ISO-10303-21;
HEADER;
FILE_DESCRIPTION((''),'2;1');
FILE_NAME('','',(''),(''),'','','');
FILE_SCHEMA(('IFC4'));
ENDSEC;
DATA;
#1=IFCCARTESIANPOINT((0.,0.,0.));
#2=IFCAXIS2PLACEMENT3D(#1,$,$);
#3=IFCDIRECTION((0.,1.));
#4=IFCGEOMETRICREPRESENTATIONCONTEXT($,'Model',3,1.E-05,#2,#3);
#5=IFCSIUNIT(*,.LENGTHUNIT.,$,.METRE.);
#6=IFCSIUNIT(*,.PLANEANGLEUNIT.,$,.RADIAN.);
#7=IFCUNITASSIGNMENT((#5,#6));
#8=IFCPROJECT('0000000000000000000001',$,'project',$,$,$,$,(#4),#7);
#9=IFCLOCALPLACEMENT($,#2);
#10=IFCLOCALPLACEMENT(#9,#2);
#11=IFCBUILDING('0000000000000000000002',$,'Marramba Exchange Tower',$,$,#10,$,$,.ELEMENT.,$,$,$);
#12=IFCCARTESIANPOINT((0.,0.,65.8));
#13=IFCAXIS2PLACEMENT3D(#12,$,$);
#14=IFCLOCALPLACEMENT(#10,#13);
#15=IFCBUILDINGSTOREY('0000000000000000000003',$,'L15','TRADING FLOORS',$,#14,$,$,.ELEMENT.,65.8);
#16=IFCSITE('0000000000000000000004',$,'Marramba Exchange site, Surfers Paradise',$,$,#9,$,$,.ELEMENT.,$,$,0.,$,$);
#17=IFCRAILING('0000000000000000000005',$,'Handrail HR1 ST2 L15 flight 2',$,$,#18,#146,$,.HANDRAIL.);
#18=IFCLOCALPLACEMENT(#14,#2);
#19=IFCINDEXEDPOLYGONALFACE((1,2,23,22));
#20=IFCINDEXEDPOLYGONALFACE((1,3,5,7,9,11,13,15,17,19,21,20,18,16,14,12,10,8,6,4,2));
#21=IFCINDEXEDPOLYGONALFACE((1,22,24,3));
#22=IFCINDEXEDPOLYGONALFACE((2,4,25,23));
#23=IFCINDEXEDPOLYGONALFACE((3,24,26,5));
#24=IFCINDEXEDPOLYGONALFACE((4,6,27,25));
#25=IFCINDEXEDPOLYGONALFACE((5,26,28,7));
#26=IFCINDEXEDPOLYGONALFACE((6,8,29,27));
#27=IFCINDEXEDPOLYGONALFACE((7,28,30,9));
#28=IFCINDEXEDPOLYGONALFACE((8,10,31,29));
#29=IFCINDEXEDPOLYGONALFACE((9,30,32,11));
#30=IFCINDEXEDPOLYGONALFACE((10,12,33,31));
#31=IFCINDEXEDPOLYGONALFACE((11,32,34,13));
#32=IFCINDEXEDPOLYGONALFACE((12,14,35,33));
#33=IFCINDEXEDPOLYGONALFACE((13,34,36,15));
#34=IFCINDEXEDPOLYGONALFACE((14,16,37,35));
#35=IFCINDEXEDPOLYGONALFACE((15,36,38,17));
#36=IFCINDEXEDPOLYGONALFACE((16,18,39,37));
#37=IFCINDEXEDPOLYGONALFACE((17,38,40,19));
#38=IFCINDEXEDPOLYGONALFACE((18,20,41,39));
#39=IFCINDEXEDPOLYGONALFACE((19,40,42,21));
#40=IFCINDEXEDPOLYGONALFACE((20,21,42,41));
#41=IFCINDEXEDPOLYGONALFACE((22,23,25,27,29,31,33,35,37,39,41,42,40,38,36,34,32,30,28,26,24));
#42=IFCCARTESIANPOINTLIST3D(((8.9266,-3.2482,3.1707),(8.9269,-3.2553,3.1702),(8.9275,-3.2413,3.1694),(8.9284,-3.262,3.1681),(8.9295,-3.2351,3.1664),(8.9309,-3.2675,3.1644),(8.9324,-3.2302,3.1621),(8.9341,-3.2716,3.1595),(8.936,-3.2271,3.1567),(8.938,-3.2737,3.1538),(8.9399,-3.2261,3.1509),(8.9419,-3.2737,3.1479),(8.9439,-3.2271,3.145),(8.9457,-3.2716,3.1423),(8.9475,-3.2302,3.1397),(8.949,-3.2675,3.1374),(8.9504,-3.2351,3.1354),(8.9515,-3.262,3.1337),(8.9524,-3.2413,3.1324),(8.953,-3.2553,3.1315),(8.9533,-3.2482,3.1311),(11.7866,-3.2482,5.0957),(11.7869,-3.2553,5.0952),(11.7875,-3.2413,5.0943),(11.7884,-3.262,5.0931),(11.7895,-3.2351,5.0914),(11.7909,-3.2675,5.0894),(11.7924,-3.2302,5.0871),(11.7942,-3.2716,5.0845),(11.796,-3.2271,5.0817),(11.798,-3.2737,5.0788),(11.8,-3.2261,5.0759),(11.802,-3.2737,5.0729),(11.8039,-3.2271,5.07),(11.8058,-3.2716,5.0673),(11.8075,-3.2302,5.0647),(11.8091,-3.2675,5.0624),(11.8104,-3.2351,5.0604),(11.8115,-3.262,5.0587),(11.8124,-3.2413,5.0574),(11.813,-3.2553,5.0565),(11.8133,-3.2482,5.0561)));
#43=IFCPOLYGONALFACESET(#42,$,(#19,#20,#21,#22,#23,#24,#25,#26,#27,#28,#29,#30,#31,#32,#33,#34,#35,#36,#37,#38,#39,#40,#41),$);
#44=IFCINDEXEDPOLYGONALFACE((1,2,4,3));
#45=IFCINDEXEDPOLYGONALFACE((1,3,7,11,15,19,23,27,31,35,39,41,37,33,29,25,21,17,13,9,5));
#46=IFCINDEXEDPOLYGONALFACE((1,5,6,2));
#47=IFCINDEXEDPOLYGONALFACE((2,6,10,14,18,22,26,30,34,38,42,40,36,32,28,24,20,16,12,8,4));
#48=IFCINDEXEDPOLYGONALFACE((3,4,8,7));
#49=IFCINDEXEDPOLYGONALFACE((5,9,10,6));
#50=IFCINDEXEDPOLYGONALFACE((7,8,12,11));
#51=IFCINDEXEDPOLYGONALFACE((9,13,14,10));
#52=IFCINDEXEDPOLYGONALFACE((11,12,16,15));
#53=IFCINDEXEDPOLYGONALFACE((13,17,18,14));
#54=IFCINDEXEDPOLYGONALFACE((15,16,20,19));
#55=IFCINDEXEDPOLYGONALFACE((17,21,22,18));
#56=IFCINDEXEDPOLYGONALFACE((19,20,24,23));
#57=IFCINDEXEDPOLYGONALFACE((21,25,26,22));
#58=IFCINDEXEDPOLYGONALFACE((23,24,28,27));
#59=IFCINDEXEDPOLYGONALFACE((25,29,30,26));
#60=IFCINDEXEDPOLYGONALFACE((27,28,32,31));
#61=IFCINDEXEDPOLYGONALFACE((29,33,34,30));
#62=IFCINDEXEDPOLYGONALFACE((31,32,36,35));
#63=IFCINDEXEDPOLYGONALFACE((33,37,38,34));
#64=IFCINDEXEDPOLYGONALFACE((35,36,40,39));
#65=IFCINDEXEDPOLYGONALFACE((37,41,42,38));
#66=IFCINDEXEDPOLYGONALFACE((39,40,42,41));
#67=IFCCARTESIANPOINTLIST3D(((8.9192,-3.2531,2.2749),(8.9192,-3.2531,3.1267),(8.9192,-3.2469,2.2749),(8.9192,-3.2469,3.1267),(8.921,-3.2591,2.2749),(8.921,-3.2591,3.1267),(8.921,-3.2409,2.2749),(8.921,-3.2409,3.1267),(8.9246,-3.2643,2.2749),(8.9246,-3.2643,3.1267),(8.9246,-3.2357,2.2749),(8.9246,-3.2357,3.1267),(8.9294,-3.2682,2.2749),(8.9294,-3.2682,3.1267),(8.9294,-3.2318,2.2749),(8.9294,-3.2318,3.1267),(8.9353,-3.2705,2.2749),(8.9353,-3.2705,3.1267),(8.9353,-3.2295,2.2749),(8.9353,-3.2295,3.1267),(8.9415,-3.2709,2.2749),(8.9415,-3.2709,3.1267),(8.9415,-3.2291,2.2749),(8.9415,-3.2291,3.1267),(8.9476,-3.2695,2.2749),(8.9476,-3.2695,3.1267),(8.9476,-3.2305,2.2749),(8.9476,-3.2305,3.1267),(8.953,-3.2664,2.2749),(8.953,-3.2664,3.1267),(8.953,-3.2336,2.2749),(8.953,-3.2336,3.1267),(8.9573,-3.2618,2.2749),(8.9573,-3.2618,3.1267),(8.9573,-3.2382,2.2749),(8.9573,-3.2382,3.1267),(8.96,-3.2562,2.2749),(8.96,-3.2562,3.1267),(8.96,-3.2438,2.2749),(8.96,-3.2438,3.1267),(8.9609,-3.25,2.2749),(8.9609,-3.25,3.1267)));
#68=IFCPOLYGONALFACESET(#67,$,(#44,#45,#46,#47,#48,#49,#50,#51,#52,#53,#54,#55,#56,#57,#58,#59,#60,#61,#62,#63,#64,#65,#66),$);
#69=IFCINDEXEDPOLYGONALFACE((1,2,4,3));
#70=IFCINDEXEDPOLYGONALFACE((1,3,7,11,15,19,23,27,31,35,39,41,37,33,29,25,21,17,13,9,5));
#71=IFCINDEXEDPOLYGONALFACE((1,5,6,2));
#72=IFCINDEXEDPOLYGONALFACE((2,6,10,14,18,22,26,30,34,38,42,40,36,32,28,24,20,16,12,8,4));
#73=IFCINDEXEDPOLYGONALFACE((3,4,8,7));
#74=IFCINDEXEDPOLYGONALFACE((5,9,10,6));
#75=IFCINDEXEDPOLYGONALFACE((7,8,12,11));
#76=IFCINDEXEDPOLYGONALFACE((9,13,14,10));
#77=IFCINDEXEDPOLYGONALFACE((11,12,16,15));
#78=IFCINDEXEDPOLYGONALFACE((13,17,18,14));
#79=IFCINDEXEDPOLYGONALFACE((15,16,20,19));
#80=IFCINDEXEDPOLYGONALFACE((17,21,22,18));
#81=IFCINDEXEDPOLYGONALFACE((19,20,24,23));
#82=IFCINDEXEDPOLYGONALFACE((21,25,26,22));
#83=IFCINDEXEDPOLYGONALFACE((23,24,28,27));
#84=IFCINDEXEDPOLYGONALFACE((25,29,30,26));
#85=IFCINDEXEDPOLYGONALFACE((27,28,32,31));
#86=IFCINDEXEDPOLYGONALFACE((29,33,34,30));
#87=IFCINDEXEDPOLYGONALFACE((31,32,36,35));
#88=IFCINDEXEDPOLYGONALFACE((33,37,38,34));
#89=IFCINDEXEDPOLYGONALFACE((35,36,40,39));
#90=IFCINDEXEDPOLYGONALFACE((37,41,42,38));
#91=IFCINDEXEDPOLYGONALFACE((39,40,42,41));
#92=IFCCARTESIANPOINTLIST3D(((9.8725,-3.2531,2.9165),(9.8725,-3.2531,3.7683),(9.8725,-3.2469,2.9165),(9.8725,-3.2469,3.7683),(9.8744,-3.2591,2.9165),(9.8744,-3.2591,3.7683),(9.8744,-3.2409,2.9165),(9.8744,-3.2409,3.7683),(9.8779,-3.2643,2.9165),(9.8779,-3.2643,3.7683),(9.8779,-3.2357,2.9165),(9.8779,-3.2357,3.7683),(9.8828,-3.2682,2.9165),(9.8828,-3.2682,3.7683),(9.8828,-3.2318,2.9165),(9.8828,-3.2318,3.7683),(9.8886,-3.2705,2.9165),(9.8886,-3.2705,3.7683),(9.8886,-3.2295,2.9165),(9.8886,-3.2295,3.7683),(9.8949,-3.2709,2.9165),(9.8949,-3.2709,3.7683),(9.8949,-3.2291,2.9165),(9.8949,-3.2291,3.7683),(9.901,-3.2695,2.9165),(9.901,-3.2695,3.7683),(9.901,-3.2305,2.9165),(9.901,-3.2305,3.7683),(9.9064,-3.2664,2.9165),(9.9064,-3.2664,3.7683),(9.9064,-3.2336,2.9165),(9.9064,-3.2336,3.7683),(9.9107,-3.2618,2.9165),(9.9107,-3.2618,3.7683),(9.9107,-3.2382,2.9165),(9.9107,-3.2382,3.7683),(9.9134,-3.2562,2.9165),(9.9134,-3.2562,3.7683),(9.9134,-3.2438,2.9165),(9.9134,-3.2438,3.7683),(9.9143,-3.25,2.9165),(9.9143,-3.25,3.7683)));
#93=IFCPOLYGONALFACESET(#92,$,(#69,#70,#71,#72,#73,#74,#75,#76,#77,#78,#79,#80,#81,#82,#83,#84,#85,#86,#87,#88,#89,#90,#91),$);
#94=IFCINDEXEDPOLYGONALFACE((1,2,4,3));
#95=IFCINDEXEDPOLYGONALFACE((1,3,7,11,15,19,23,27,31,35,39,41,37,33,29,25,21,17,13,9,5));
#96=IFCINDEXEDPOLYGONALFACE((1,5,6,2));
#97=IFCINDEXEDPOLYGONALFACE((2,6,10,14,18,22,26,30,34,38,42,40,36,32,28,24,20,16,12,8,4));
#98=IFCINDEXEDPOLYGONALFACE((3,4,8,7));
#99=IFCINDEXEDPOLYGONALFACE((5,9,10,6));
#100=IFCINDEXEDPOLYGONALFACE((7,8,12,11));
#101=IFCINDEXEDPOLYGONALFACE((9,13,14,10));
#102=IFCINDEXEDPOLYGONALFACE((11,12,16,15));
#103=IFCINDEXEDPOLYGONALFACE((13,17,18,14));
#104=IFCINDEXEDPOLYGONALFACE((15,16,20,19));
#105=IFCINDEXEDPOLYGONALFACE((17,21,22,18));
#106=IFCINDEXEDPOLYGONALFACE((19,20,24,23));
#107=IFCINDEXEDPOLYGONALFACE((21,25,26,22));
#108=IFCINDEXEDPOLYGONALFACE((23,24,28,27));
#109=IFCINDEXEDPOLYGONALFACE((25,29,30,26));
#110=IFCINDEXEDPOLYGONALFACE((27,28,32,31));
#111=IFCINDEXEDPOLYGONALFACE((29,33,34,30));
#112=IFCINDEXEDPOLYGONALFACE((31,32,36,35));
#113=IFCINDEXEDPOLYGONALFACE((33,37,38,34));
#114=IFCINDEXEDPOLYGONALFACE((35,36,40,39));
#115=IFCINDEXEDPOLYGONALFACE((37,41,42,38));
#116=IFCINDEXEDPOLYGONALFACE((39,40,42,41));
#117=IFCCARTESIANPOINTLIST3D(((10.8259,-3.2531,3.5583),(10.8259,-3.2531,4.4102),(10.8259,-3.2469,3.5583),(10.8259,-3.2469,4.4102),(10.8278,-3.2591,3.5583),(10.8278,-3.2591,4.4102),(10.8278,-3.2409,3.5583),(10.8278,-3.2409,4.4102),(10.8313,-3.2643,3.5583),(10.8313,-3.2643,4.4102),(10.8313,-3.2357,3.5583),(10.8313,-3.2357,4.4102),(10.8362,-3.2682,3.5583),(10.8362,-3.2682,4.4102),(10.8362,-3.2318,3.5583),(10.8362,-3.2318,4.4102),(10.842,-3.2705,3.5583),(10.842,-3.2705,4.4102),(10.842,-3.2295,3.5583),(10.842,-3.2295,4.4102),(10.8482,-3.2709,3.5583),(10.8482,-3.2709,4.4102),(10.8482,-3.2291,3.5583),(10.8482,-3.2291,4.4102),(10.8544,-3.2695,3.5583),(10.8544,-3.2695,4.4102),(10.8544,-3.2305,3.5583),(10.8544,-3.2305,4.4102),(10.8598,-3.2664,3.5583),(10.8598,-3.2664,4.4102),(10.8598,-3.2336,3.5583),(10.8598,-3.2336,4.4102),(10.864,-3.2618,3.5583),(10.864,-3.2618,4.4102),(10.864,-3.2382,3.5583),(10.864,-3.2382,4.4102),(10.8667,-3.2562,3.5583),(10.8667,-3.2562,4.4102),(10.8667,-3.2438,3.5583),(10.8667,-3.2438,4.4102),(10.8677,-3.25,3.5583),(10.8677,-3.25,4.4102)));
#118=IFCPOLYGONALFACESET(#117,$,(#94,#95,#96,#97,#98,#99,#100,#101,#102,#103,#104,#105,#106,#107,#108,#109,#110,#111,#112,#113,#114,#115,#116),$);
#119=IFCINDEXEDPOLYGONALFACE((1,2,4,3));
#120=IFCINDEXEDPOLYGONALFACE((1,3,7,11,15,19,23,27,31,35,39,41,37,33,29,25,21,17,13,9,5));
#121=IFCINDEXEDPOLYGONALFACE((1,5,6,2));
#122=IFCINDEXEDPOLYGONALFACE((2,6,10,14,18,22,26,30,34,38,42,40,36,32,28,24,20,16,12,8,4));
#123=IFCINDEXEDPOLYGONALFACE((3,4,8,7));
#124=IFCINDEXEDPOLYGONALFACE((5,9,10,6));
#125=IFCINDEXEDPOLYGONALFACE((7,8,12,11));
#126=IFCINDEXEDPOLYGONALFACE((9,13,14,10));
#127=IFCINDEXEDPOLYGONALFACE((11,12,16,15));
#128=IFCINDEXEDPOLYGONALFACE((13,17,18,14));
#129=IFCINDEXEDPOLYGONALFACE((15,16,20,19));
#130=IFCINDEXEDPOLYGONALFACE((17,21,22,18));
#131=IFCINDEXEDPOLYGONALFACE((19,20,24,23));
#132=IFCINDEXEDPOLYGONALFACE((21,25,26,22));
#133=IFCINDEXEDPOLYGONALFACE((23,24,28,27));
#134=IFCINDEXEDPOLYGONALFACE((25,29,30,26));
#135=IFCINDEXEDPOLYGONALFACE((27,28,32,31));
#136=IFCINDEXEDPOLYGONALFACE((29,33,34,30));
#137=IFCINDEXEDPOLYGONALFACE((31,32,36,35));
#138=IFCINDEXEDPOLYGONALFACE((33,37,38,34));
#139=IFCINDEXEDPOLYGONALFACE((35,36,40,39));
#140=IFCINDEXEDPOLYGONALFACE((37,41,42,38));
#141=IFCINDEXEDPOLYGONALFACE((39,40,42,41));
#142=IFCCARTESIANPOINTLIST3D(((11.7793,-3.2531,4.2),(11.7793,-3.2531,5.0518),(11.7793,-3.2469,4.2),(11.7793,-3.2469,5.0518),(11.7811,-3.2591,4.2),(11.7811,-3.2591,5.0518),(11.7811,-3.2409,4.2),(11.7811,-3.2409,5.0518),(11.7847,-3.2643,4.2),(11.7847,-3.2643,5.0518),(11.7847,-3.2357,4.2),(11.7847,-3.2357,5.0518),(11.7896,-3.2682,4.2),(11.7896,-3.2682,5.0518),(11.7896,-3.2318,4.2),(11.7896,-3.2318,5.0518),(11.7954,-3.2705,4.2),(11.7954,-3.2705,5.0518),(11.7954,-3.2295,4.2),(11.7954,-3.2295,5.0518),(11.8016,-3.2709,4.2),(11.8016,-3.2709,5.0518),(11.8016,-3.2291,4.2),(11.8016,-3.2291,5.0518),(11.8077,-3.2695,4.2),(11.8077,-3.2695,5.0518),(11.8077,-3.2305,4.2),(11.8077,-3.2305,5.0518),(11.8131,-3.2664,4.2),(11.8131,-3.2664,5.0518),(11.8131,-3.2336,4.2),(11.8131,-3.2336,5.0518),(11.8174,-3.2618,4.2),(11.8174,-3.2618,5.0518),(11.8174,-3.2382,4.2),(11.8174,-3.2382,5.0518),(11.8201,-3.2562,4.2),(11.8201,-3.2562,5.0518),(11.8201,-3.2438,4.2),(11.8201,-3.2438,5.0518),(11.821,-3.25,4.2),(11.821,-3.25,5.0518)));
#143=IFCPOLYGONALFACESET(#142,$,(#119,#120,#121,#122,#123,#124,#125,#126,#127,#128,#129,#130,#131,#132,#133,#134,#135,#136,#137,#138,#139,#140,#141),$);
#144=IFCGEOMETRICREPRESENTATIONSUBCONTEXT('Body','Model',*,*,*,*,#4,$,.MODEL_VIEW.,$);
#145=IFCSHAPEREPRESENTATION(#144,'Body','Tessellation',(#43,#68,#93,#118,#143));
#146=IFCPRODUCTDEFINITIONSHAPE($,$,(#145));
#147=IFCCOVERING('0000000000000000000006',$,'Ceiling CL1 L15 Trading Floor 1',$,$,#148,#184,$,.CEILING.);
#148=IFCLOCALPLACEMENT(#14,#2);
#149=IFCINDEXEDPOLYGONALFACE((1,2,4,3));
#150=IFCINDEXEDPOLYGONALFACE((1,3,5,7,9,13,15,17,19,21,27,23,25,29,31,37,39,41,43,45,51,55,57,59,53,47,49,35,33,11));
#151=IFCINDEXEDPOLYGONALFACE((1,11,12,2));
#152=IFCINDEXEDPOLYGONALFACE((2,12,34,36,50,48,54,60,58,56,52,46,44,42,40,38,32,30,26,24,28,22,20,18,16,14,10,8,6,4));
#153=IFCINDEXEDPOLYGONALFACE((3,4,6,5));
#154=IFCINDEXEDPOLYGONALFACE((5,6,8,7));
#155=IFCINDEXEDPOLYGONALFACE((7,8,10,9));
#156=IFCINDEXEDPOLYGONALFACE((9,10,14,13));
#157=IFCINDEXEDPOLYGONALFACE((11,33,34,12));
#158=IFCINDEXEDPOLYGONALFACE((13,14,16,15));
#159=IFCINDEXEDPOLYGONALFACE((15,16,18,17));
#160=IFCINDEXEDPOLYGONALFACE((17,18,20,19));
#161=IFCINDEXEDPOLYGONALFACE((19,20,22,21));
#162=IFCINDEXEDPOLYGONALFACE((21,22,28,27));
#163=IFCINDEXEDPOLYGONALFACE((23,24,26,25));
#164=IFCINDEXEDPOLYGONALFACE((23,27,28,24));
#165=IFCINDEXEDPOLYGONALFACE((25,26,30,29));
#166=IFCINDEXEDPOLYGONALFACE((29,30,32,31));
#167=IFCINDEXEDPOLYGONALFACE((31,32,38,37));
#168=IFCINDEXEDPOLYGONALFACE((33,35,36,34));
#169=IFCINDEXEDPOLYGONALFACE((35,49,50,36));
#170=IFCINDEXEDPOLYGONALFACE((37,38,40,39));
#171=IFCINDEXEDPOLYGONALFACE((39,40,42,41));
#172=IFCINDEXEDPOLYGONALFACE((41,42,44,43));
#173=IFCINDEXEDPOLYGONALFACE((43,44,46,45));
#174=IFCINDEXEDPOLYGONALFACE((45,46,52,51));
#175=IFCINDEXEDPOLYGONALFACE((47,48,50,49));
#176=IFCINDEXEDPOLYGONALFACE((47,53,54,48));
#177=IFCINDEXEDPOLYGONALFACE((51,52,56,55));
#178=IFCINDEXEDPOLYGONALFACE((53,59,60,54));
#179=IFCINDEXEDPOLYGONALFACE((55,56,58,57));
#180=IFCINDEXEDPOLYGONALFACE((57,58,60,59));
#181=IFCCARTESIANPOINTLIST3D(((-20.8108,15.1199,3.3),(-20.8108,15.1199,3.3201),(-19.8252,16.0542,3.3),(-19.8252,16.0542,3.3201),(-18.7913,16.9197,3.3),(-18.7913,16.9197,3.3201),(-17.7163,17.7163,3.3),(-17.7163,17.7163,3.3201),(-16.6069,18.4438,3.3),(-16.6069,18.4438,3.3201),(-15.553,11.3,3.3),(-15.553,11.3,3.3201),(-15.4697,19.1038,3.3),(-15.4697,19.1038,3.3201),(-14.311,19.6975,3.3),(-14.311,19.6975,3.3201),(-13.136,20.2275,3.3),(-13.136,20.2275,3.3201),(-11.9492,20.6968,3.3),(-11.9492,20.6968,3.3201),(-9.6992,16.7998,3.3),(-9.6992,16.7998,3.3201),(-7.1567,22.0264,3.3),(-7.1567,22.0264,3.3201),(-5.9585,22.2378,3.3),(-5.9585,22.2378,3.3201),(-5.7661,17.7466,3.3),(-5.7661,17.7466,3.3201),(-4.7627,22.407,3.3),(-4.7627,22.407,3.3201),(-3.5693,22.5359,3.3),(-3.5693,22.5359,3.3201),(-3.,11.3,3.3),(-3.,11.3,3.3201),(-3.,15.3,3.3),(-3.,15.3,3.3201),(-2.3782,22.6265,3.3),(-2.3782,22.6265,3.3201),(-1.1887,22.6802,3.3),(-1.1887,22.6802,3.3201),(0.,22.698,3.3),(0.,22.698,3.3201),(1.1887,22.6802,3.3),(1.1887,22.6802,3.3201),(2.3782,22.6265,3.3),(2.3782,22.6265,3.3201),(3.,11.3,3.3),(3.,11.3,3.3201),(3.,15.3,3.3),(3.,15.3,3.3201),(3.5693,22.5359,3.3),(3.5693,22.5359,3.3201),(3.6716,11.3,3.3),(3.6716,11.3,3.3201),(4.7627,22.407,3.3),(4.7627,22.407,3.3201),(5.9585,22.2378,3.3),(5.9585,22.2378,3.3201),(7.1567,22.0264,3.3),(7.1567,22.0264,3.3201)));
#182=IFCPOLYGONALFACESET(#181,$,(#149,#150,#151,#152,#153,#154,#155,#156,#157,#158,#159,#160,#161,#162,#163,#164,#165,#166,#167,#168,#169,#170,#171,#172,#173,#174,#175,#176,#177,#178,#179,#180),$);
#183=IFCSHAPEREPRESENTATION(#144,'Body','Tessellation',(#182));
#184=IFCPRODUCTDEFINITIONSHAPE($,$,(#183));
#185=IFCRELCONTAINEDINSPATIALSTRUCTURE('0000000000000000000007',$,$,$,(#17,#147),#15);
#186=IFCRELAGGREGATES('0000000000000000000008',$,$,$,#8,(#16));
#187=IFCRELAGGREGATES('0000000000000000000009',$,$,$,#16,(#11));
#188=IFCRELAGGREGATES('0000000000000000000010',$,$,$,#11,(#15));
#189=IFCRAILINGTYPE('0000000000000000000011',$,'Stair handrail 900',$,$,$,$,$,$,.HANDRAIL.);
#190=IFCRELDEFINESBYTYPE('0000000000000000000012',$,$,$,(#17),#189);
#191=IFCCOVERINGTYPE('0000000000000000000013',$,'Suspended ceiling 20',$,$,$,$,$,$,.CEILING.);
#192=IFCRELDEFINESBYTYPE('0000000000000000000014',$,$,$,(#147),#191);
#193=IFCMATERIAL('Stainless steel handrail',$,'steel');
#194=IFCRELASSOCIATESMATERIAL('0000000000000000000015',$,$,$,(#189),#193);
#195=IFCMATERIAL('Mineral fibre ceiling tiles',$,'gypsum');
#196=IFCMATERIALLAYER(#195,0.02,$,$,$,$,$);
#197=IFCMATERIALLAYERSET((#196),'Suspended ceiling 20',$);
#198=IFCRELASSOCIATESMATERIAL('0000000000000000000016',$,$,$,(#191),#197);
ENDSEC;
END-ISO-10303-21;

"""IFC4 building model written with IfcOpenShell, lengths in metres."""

from ifc_helpers import new_model, si_unit, direction, frame, origin, origin_2d, place, context, subcontext, project, spatial, polyline, circle, outline, extrude, material, layer, layer_set, type_object, element, save


model = new_model("IFC4")

# Units and contexts
model_context = context("Model", 3, precision=1e-05, world=origin(), true_north=direction((0.0, 1.0)))
body_context = subcontext(model_context, "Body", "Model", "MODEL_VIEW")
ifc_project = project(units=[si_unit("LENGTHUNIT", "METRE"), si_unit("PLANEANGLEUNIT", "RADIAN")], contexts=[model_context])

# Site, building, storey
site_placement = place(None, origin())
site = spatial("IfcSite", under=ifc_project, at=site_placement, Name="Marramba Exchange site, Surfers Paradise", CompositionType="ELEMENT", RefElevation=0.0)
building_placement = place(site_placement, origin())
building = spatial("IfcBuilding", under=site, at=building_placement, Name="Marramba Exchange Tower", CompositionType="ELEMENT")
storey_placement = place(building_placement, frame((0.0, 0.0, 65.8)))
storey = spatial("IfcBuildingStorey", under=building, at=storey_placement, Name="L15", Description="TRADING FLOORS", CompositionType="ELEMENT", Elevation=65.8)

# Railing
ifc_material_1 = material(Name="Stainless steel handrail", Category="steel")
railing_type = type_object("IfcRailingType", Name="Stair handrail 900", PredefinedType="HANDRAIL", material=ifc_material_1)
railing_placement = place(storey_placement, frame((8.9399, -3.25, 2.2749)))
element("IfcRailing", 1, at=railing_placement, inside=storey, type_object=railing_type, Name="Handrail HR1 ST2 L15 flight 2", PredefinedType="HANDRAIL", context=body_context, shape_type="SweptSolid", body=[
    extrude(circle(Radius=0.0239, at=origin_2d()), frame((0.0, 0.0, 0.876), z_axis=(0.829591, 0.0, 0.558372), x_axis=(0.0, 1.0, 0.0)), (0.0, 0.0, 1.0), 3.4475),
    extrude(circle(Radius=0.021, at=origin_2d()), origin(), (0.0, 0.0, 1.0), 0.8518),
    extrude(circle(Radius=0.021, at=origin_2d()), frame((0.9534, 0.0, 0.6416)), (0.0, 0.0, 1.0), 0.8518),
    extrude(circle(Radius=0.021, at=origin_2d()), frame((1.9067, 0.0, 1.2834)), (0.0, 0.0, 1.0), 0.8518),
    extrude(circle(Radius=0.021, at=origin_2d()), frame((2.8601, 0.0, 1.925)), (0.0, 0.0, 1.0), 0.8518),
])

# Covering
ifc_material_2 = material(Name="Mineral fibre ceiling tiles", Category="gypsum")
ifc_layer_1 = layer(ifc_material_2, 0.02)
ifc_layer_set_1 = layer_set([ifc_layer_1], Name="Suspended ceiling 20")
covering_type_1 = type_object("IfcCoveringType", Name="Suspended ceiling 20", PredefinedType="CEILING", material=ifc_layer_set_1)
covering_1_placement = place(storey_placement, frame((0.0, 0.0, 3.3)))
element("IfcCovering", 2, at=covering_1_placement, inside=storey, type_object=covering_type_1, Name="Ceiling CL1 L15 Trading Floor 1", PredefinedType="CEILING", context=body_context, shape_type="SweptSolid", body=[
    extrude(outline(polyline([(-20.8108, 15.1199), (-19.8252, 16.0542), (-18.7913, 16.9197), (-17.7163, 17.7163), (-16.6069, 18.4438), (-15.4697, 19.1038), (-14.311, 19.6975), (-13.136, 20.2275), (-11.9492, 20.6968), (-9.6992, 16.7998), (-5.7661, 17.7466), (-7.1567, 22.0264), (-5.9585, 22.2378), (-4.7627, 22.407), (-3.5693, 22.5359), (-2.3782, 22.6265), (-1.1887, 22.6802), (0.0, 22.698), (1.1887, 22.6802), (2.3782, 22.6265), (3.5693, 22.5359), (4.7627, 22.407), (5.9585, 22.2378), (7.1567, 22.0264), (3.6716, 11.3), (3.0, 11.3), (3.0, 15.3), (-3.0, 15.3), (-3.0, 11.3), (-15.553, 11.3), (-20.8108, 15.1199)])), origin(), (0.0, 0.0, 1.0), 0.02),
])

save(model, "model.ifc")
